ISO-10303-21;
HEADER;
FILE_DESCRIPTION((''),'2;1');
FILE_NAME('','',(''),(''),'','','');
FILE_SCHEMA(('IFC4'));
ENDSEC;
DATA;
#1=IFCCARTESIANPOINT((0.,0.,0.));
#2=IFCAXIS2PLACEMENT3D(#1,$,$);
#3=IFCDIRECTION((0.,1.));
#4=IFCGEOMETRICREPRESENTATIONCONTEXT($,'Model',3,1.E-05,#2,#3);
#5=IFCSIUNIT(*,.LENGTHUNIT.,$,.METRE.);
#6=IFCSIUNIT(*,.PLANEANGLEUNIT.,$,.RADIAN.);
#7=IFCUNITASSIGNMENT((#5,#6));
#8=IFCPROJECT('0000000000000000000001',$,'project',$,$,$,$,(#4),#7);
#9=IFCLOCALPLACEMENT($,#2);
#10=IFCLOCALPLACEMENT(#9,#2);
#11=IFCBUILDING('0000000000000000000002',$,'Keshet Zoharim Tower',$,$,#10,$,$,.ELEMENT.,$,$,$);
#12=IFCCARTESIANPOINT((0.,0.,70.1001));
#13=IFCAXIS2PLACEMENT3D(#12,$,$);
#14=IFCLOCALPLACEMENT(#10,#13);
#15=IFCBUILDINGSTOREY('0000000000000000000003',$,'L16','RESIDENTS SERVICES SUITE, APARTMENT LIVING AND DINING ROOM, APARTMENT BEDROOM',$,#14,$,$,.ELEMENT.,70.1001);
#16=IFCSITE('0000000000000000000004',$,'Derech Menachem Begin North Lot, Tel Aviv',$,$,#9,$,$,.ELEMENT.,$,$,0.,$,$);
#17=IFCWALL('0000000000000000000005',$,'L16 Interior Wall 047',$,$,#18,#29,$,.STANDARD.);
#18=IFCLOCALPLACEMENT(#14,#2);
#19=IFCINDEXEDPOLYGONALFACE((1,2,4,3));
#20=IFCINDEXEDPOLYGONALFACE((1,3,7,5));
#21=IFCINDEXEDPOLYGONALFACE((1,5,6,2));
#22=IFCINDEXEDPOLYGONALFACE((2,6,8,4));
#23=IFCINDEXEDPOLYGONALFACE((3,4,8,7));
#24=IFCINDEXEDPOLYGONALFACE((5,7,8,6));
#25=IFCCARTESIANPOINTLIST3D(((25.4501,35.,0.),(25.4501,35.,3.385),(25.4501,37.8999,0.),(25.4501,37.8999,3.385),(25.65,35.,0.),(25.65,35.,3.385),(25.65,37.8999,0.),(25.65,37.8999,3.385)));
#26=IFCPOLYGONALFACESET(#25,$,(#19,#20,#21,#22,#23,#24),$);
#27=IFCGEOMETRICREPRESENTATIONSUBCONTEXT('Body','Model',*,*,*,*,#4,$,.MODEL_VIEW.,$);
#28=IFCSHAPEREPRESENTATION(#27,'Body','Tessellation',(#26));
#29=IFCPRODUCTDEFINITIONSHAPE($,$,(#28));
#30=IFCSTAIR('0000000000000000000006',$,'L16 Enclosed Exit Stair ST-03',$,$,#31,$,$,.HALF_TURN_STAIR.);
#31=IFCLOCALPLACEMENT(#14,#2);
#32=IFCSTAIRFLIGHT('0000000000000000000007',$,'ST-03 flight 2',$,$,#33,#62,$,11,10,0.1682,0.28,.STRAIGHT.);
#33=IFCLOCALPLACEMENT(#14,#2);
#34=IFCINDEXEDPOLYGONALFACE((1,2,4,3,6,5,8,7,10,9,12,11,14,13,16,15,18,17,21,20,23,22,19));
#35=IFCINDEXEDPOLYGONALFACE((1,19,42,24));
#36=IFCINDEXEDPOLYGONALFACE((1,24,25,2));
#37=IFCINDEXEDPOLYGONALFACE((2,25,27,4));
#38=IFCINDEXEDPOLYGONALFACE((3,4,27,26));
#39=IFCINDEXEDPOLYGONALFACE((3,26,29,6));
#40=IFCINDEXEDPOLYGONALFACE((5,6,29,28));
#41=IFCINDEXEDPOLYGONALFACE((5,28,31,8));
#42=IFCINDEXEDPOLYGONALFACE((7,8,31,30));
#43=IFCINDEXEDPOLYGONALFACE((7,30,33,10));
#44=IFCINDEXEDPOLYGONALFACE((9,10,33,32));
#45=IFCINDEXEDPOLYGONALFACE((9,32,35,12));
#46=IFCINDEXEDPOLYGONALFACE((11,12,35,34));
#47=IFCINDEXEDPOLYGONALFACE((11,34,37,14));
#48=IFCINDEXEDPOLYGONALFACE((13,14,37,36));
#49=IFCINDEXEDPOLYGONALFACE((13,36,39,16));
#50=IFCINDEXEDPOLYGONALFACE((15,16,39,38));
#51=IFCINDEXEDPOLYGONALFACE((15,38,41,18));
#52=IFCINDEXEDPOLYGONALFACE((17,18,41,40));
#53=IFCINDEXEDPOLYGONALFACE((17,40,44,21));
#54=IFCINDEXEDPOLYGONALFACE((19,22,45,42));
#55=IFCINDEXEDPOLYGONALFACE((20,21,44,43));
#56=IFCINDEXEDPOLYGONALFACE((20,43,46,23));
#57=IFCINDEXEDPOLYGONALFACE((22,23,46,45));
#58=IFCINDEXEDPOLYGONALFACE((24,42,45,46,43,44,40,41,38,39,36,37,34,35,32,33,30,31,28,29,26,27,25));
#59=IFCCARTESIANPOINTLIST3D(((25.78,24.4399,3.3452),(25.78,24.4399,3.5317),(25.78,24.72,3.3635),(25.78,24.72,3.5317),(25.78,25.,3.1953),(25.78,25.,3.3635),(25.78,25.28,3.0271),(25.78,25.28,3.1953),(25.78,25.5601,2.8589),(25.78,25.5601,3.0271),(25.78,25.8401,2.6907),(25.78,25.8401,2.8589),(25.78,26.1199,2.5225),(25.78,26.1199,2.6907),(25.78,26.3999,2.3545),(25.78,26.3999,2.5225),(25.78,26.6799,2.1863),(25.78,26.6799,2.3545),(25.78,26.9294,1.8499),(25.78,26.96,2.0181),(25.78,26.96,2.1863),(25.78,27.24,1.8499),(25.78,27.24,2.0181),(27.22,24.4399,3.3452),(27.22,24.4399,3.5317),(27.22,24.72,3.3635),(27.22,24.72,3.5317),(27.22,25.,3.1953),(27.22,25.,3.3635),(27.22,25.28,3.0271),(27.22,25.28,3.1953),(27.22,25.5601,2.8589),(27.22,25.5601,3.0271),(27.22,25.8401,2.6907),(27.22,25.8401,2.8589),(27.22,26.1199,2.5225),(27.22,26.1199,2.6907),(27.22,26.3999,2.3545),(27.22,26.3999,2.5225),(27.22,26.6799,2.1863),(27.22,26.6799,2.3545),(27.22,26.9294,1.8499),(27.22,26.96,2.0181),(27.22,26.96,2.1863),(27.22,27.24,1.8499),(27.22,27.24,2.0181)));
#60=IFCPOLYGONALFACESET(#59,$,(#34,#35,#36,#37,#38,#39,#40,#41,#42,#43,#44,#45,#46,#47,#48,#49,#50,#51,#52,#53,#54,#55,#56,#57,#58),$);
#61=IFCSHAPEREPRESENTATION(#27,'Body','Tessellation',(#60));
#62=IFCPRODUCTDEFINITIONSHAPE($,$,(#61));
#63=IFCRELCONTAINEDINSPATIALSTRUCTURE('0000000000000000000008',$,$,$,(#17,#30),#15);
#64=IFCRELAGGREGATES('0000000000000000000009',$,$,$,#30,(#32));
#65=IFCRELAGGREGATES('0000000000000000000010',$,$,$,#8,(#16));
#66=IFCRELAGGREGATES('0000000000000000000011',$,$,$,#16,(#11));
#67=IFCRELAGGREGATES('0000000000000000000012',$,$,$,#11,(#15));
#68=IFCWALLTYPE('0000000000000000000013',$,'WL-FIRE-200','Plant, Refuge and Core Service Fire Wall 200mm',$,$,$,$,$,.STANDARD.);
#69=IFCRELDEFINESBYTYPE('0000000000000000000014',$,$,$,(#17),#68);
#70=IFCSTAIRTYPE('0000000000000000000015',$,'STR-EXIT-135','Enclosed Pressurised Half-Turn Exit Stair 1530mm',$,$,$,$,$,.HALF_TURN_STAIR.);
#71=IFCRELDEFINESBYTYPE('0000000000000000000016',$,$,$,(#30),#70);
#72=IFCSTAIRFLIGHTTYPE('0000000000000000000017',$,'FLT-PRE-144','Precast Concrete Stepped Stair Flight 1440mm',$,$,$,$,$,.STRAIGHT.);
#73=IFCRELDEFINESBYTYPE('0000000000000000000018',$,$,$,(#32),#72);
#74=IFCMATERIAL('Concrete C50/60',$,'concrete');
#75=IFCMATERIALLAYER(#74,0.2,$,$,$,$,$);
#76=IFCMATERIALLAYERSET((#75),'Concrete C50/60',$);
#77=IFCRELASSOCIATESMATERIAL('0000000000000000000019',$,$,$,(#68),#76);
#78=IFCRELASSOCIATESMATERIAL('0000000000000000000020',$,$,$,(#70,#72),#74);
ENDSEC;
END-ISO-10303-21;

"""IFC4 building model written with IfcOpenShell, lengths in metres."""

from ifc_helpers import new_model, si_unit, direction, frame, frame_2d, origin, place, context, subcontext, project, spatial, polyline, rectangle, outline, extrude, material, layer, layer_set, type_object, element, aggregate, save


model = new_model("IFC4")

# Units and contexts
model_context = context("Model", 3, precision=1e-05, world=origin(), true_north=direction((0.0, 1.0)))
body_context = subcontext(model_context, "Body", "Model", "MODEL_VIEW")
ifc_project = project(units=[si_unit("LENGTHUNIT", "METRE"), si_unit("PLANEANGLEUNIT", "RADIAN")], contexts=[model_context])

# Site, building, storey
site_placement = place(None, origin())
site = spatial("IfcSite", under=ifc_project, at=site_placement, Name="Derech Menachem Begin North Lot, Tel Aviv", CompositionType="ELEMENT", RefElevation=0.0)
building_placement = place(site_placement, origin())
building = spatial("IfcBuilding", under=site, at=building_placement, Name="Keshet Zoharim Tower", CompositionType="ELEMENT")
storey_placement = place(building_placement, frame((0.0, 0.0, 70.1001)))
storey = spatial("IfcBuildingStorey", under=building, at=storey_placement, Name="L16", Description="RESIDENTS SERVICES SUITE, APARTMENT LIVING AND DINING ROOM, APARTMENT BEDROOM", CompositionType="ELEMENT", Elevation=70.1001)

# Wall
ifc_material_1 = material(Name="Concrete C50/60", Category="concrete")
ifc_layer_1 = layer(ifc_material_1, 0.2)
ifc_layer_set_1 = layer_set([ifc_layer_1], Name="Concrete C50/60")
wall_type_1 = type_object("IfcWallType", Name="WL-FIRE-200", Description="Plant, Refuge and Core Service Fire Wall 200mm", PredefinedType="STANDARD", material=ifc_layer_set_1)
for number, where, z_axis, x_axis, name in (
    (1, (25.55, 35.0, 0.0), (0.0, 0.0, 1.0), (0.0, 1.0, 0.0), "L16 Interior Wall 047"),
):
    element("IfcWall", number, at=place(storey_placement, frame(where, z_axis=z_axis, x_axis=x_axis)), inside=storey, type_object=wall_type_1, Name=name, PredefinedType="STANDARD", context=body_context, shape_type="SweptSolid", body=[
        extrude(rectangle(XDim=2.8999, YDim=0.2, at=frame_2d((1.45, 0.0))), origin(), (0.0, 0.0, 1.0), 3.385),
    ])

# Stair, stair flight
stair_type = type_object("IfcStairType", Name="STR-EXIT-135", Description="Enclosed Pressurised Half-Turn Exit Stair 1530mm", PredefinedType="HALF_TURN_STAIR", material=ifc_material_1)
stair_placement = place(storey_placement, origin())
stair = element("IfcStair", 2, at=stair_placement, inside=storey, type_object=stair_type, Name="L16 Enclosed Exit Stair ST-03", PredefinedType="HALF_TURN_STAIR")
stair_flight_type = type_object("IfcStairFlightType", Name="FLT-PRE-144", Description="Precast Concrete Stepped Stair Flight 1440mm", PredefinedType="STRAIGHT", material=ifc_material_1)
stair_flight_placement = place(storey_placement, frame((26.5, 27.24, 1.8499), z_axis=(0.0, 0.0, 1.0), x_axis=(0.0, -1.0, 0.0)))
stair_flight = element("IfcStairFlight", 3, at=stair_flight_placement, type_object=stair_flight_type, Name="ST-03 flight 2", NumberOfRisers=11, NumberOfTreads=10, PredefinedType="STRAIGHT", RiserHeight=0.1682, TreadLength=0.28, context=body_context, shape_type="SweptSolid", body=[
    extrude(outline(polyline([(0.0, 0.0), (0.0, 0.1682), (0.28, 0.1682), (0.28, 0.3364), (0.5601, 0.3364), (0.5601, 0.5046), (0.8401, 0.5046), (0.8401, 0.6726), (1.1201, 0.6726), (1.1201, 0.8408), (1.3999, 0.8408), (1.3999, 1.009), (1.6799, 1.009), (1.6799, 1.1772), (1.96, 1.1772), (1.96, 1.3455), (2.24, 1.3455), (2.24, 1.5137), (2.52, 1.5137), (2.52, 1.6819), (2.8, 1.6819), (2.8, 1.8501), (2.8, 1.4954), (0.3105, 0.0), (0.0, 0.0)])), frame((0.0, 0.72, 0.0), z_axis=(0.0, -1.0, 0.0), x_axis=(1.0, 0.0, 0.0)), (0.0, 0.0, 1.0), 1.4399),
])
aggregate(stair, [stair_flight])

save(model, "model.ifc")
